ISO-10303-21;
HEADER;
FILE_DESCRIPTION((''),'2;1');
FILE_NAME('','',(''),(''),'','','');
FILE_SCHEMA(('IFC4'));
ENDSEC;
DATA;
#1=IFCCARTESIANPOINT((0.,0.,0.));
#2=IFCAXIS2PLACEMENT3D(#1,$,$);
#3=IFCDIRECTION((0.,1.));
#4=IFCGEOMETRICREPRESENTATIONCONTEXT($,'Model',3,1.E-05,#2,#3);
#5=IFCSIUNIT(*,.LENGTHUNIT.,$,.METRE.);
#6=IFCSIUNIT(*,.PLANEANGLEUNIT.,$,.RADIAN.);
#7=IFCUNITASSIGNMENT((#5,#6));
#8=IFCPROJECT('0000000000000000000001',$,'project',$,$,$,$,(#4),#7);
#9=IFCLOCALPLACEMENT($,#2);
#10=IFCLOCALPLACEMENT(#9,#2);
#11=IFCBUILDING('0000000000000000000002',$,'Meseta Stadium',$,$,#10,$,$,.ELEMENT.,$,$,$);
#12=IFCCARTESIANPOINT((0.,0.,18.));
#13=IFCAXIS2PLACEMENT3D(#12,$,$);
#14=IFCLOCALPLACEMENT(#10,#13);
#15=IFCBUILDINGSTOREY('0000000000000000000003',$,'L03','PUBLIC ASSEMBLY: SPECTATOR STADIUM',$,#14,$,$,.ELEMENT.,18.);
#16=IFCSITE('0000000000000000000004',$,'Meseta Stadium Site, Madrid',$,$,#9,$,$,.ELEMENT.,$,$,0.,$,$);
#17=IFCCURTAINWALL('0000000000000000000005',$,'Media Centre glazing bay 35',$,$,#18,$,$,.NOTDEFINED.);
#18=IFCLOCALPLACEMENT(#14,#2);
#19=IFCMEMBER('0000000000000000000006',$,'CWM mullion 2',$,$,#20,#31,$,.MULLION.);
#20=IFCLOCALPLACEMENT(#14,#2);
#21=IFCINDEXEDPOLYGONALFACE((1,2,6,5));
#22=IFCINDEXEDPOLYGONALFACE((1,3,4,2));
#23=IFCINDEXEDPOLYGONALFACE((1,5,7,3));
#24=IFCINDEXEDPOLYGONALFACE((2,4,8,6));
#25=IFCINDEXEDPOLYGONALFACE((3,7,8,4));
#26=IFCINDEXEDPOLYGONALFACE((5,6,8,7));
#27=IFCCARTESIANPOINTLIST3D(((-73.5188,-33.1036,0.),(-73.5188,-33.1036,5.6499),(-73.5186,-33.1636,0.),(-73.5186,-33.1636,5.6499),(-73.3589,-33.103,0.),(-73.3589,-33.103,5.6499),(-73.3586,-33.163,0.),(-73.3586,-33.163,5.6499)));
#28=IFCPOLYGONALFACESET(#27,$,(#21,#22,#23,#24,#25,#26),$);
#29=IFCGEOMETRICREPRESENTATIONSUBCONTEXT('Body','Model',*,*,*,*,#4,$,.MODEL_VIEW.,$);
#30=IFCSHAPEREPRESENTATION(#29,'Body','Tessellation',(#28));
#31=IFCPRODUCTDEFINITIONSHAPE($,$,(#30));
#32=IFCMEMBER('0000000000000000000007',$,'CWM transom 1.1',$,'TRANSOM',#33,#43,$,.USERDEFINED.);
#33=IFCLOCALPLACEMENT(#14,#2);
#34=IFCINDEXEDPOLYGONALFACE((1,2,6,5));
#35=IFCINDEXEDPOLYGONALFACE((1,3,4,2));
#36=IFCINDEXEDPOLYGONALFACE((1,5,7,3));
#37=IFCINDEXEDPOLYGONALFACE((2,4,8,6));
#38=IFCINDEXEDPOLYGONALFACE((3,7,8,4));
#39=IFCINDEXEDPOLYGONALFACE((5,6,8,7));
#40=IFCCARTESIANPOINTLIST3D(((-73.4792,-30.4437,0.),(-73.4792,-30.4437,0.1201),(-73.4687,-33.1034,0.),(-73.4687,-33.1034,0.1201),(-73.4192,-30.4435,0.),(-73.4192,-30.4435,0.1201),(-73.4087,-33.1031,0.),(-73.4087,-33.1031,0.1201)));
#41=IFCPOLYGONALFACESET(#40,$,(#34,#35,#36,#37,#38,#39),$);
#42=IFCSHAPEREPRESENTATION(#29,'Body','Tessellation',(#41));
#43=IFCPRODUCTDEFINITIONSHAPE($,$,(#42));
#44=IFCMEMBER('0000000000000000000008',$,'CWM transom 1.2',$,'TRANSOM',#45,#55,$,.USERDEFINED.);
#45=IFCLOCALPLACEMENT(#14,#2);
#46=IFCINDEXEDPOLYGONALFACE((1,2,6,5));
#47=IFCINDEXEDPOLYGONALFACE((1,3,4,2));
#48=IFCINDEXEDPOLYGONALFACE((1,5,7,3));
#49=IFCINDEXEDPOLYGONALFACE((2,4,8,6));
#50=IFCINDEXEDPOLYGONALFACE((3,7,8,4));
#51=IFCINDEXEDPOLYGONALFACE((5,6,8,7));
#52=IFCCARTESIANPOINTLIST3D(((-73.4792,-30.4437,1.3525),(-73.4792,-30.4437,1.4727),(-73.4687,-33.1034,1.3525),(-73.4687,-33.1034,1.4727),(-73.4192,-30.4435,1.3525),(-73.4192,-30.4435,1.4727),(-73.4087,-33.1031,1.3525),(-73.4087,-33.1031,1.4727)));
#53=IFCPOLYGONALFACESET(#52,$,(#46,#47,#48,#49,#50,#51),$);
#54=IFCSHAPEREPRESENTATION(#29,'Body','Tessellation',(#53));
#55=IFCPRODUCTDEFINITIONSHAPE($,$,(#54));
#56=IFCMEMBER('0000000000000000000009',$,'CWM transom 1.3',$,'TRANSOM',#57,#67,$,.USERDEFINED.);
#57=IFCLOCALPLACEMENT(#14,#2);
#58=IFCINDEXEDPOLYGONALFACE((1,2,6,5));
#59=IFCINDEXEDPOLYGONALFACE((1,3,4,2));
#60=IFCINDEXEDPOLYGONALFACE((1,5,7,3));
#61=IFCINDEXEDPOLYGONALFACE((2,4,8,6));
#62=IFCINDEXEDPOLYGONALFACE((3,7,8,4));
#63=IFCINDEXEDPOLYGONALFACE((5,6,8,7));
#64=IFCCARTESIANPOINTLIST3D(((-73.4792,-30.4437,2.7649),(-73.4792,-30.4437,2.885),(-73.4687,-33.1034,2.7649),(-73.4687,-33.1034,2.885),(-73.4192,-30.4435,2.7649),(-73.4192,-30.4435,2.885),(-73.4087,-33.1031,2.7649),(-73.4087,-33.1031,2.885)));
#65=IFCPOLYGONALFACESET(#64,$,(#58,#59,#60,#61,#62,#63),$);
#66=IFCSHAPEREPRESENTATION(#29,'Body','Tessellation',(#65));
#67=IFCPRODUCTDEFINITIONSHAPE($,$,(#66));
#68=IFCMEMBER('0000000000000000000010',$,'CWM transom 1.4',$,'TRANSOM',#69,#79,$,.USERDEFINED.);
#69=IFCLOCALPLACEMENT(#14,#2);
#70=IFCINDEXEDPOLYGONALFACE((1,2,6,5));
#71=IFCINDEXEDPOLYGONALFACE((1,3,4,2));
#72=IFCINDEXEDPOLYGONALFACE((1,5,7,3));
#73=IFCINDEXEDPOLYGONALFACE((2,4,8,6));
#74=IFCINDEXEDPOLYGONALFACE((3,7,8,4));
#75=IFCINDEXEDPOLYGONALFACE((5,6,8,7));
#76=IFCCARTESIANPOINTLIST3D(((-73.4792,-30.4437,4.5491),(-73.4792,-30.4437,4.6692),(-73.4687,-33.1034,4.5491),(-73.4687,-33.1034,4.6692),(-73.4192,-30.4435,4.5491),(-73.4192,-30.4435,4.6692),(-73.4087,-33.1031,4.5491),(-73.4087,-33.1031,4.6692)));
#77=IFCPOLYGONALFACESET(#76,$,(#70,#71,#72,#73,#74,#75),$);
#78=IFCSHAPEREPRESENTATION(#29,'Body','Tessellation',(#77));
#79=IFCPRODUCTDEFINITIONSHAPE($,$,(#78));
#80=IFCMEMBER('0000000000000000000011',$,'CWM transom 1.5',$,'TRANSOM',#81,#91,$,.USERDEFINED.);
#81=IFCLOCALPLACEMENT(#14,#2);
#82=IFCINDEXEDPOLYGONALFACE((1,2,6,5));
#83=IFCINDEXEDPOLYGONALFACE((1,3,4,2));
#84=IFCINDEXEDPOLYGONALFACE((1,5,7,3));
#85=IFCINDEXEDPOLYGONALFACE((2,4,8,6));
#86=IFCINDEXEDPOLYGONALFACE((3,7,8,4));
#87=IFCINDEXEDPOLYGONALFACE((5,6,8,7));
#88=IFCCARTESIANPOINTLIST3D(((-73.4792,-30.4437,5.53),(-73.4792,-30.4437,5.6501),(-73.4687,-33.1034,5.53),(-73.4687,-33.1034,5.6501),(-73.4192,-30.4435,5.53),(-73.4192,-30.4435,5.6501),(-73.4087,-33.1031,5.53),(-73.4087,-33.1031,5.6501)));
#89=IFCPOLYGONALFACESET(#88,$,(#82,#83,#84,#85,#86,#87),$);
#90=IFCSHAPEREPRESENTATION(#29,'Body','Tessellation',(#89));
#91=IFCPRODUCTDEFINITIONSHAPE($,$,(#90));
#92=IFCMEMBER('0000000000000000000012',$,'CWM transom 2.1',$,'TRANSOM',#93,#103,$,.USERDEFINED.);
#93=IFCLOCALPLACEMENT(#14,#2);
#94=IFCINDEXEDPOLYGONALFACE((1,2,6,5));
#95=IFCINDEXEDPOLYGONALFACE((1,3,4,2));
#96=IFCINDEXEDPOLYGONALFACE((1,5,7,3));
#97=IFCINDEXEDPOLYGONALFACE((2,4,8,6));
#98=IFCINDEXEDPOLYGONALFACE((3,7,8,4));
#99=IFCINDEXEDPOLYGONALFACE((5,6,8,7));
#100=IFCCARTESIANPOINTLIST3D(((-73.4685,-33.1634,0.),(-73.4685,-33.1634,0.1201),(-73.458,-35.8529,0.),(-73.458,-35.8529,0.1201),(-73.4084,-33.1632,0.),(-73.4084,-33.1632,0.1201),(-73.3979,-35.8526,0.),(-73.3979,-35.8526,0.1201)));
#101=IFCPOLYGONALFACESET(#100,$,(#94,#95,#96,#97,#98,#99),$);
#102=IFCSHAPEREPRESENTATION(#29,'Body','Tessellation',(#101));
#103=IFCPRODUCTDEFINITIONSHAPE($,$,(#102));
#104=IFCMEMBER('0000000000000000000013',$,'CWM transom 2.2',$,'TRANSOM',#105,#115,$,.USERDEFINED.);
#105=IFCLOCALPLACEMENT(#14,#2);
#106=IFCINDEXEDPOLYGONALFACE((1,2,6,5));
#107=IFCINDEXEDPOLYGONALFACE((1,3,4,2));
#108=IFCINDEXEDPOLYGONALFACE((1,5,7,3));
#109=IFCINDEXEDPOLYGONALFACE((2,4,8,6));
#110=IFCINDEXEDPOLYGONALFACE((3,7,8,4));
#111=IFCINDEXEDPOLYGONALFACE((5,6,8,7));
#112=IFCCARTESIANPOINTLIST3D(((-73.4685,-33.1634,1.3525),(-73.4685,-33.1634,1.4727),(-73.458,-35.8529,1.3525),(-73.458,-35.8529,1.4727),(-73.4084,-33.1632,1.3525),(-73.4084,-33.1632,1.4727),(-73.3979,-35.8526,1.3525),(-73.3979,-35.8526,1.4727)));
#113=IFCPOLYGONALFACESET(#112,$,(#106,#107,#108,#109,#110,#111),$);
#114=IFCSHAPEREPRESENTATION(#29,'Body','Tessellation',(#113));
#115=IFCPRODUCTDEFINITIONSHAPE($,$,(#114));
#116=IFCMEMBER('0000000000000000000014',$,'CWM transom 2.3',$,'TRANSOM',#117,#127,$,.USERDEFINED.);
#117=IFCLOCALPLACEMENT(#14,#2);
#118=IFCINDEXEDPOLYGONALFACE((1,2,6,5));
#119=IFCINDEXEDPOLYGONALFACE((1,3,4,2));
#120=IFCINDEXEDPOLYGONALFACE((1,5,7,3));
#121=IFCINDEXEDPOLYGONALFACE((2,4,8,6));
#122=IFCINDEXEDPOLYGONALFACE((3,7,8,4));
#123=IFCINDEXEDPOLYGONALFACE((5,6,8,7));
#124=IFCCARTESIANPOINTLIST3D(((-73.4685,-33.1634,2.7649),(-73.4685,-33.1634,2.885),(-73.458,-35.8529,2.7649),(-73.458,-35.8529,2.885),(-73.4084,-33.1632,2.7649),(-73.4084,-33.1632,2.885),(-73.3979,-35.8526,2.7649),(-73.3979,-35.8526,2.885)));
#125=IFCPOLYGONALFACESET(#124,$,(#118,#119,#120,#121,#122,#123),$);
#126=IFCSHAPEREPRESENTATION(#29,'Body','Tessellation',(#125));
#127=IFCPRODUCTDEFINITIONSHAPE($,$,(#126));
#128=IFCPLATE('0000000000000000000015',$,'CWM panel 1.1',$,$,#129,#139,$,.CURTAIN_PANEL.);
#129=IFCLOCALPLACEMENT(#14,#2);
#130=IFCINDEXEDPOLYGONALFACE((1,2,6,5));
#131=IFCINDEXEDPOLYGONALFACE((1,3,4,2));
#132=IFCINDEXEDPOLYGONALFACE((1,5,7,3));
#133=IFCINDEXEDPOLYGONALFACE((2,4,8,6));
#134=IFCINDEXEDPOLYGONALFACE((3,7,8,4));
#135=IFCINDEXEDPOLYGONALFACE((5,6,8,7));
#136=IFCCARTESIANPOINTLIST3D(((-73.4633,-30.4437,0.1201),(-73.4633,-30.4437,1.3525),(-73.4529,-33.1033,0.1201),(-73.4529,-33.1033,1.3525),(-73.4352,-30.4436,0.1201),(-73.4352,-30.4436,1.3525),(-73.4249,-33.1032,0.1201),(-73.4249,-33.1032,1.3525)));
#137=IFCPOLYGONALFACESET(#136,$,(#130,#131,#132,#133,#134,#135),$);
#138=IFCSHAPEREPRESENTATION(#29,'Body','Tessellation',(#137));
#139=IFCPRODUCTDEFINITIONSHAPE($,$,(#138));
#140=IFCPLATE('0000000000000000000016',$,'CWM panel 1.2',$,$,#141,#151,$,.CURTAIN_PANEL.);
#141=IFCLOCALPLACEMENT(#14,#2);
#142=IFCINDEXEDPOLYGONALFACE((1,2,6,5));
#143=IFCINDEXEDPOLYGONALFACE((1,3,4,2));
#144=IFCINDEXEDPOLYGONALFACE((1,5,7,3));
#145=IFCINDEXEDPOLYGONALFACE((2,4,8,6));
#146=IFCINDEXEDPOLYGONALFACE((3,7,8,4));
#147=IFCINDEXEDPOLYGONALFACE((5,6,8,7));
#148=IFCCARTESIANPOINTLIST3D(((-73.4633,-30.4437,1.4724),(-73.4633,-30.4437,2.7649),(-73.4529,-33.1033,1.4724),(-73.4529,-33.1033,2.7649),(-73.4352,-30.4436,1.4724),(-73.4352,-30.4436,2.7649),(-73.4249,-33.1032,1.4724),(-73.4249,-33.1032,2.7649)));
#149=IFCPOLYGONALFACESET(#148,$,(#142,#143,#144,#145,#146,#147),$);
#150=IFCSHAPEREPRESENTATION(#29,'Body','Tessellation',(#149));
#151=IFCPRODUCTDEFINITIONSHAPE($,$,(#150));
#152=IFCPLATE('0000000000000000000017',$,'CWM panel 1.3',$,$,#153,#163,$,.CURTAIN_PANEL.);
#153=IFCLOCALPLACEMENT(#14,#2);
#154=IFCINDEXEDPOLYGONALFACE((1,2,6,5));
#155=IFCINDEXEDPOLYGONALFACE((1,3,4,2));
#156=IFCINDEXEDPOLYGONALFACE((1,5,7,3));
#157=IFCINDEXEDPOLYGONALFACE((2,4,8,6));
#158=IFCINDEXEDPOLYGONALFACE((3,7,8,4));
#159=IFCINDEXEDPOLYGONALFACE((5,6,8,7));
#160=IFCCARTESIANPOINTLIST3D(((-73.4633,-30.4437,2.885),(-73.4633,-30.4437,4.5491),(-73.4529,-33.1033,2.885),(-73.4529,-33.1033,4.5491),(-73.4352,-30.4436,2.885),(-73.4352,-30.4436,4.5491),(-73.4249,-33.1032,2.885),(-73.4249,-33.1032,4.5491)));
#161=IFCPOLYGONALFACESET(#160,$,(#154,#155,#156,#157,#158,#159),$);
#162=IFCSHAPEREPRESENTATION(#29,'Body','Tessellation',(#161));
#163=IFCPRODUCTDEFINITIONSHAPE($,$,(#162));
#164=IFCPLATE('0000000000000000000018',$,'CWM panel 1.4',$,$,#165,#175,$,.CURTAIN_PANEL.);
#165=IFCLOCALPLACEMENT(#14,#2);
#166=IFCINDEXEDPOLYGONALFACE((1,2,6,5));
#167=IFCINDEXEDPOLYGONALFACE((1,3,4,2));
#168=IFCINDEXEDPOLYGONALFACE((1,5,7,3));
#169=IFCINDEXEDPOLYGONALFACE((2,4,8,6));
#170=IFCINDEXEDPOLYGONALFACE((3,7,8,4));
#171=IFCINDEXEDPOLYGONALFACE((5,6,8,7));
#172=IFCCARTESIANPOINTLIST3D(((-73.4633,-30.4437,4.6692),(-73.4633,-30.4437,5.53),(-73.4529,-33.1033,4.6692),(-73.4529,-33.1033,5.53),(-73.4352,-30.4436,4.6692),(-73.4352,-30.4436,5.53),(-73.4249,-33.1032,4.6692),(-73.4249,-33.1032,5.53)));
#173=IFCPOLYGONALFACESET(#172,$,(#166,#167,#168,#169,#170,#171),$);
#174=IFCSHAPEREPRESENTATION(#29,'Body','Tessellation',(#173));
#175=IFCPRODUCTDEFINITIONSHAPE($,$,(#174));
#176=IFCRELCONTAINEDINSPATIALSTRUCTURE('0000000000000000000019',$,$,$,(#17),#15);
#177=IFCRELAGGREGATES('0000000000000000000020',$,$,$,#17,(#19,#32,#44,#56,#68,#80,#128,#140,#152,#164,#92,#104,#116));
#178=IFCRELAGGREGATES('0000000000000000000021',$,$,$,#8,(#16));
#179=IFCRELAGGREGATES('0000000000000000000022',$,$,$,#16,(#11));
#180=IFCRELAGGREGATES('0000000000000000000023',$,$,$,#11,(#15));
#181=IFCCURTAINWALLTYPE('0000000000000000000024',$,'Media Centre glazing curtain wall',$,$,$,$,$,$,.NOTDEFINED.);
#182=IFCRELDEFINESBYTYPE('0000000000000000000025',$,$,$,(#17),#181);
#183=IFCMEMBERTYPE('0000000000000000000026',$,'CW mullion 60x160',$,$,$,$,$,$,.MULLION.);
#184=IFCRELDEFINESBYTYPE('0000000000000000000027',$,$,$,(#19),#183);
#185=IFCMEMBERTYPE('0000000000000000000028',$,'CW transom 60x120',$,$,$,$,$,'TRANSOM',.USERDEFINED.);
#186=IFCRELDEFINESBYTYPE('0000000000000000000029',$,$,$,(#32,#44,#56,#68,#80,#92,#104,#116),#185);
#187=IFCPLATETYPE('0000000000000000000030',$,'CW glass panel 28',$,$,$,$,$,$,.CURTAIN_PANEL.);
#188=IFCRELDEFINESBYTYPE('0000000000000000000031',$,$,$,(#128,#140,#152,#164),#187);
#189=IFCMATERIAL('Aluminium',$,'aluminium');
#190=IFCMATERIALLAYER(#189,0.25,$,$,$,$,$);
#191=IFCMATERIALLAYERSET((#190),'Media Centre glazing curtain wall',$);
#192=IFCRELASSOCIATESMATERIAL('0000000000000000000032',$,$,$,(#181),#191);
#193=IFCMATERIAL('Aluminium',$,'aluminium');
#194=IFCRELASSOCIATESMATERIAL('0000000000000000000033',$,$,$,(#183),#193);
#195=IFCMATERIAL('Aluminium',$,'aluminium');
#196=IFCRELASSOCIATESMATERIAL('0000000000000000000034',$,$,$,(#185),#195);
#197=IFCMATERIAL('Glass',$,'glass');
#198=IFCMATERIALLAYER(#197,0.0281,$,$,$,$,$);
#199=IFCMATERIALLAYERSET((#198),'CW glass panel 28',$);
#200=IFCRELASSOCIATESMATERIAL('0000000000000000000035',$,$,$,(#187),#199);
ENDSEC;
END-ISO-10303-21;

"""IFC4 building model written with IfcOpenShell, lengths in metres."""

from ifc_helpers import new_model, si_unit, direction, frame, origin, origin_2d, place, context, subcontext, project, spatial, rectangle, extrude, material, layer, layer_set, material_profile, profile_set, type_object, element, aggregate, save


model = new_model("IFC4")

# Units and contexts
model_context = context("Model", 3, precision=1e-05, world=origin(), true_north=direction((0.0, 1.0)))
body_context = subcontext(model_context, "Body", "Model", "MODEL_VIEW")
ifc_project = project(units=[si_unit("LENGTHUNIT", "METRE"), si_unit("PLANEANGLEUNIT", "RADIAN")], contexts=[model_context])

# Site, building, storey
site_placement = place(None, origin())
site = spatial("IfcSite", under=ifc_project, at=site_placement, Name="Meseta Stadium Site, Madrid", CompositionType="ELEMENT", RefElevation=0.0)
building_placement = place(site_placement, origin())
building = spatial("IfcBuilding", under=site, at=building_placement, Name="Meseta Stadium", CompositionType="ELEMENT")
storey_placement = place(building_placement, frame((0.0, 0.0, 18.0)))
storey = spatial("IfcBuildingStorey", under=building, at=storey_placement, Name="L03", Description="PUBLIC ASSEMBLY: SPECTATOR STADIUM", CompositionType="ELEMENT", Elevation=18.0)

# Curtain wall, members, plates
ifc_material_1 = material(Name="Aluminium", Category="aluminium")
ifc_layer_1 = layer(ifc_material_1, 0.25)
ifc_layer_set_1 = layer_set([ifc_layer_1], Name="Media Centre glazing curtain wall")
curtain_wall_type = type_object("IfcCurtainWallType", Name="Media Centre glazing curtain wall", PredefinedType="NOTDEFINED", material=ifc_layer_set_1)
curtain_wall_placement = place(storey_placement, origin())
curtain_wall = element("IfcCurtainWall", 1, at=curtain_wall_placement, inside=storey, type_object=curtain_wall_type, Name="Media Centre glazing bay 35", PredefinedType="NOTDEFINED")
ifc_material_2 = material(Name="Aluminium", Category="aluminium")
ifc_material_profile_1 = material_profile(ifc_material_2, rectangle(XDim=0.1599, YDim=0.0601, at=origin_2d()), Name="CW 160x60")
ifc_profile_set_1 = profile_set([ifc_material_profile_1], Name="Aluminium")
member_type_1 = type_object("IfcMemberType", Name="CW mullion 60x160", PredefinedType="MULLION", material=ifc_profile_set_1)
member_1_placement = place(storey_placement, frame((-73.4387, -33.1333, 0.0), z_axis=(0.0, 0.0, 1.0), x_axis=(0.999992, 0.003895, 0.0)))
member_1 = element("IfcMember", 2, at=member_1_placement, type_object=member_type_1, Name="CWM mullion 2", PredefinedType="MULLION", context=body_context, shape_type="SweptSolid", body=[
    extrude(rectangle(XDim=0.1599, YDim=0.0601, at=origin_2d()), origin(), (0.0, 0.0, 1.0), 5.6499),
])
ifc_material_3 = material(Name="Aluminium", Category="aluminium")
ifc_material_profile_2 = material_profile(ifc_material_3, rectangle(XDim=0.0601, YDim=0.1201, at=origin_2d()), Name="CW 60x120")
ifc_profile_set_2 = profile_set([ifc_material_profile_2], Name="Aluminium")
member_type_2 = type_object("IfcMemberType", Name="CW transom 60x120", ElementType="TRANSOM", PredefinedType="USERDEFINED", material=ifc_profile_set_2)
member_2_placement = place(storey_placement, frame((-73.4492, -30.4436, 0.0601), z_axis=(0.003947, -0.999992, 0.0), x_axis=(0.999992, 0.003947, 0.0)))
member_2 = element("IfcMember", 3, at=member_2_placement, type_object=member_type_2, Name="CWM transom 1.1", ObjectType="TRANSOM", PredefinedType="USERDEFINED", context=body_context, shape_type="SweptSolid", body=[
    extrude(rectangle(XDim=0.0601, YDim=0.1201, at=origin_2d()), origin(), (0.0, 0.0, 1.0), 2.6597),
])
member_3_placement = place(storey_placement, frame((-73.4492, -30.4436, 1.4126), z_axis=(0.003947, -0.999992, 0.0), x_axis=(0.999992, 0.003947, 0.0)))
member_3 = element("IfcMember", 4, at=member_3_placement, type_object=member_type_2, Name="CWM transom 1.2", ObjectType="TRANSOM", PredefinedType="USERDEFINED", context=body_context, shape_type="SweptSolid", body=[
    extrude(rectangle(XDim=0.0601, YDim=0.1201, at=origin_2d()), origin(), (0.0, 0.0, 1.0), 2.6597),
])
member_4_placement = place(storey_placement, frame((-73.4492, -30.4436, 2.825), z_axis=(0.003947, -0.999992, 0.0), x_axis=(0.999992, 0.003947, 0.0)))
member_4 = element("IfcMember", 5, at=member_4_placement, type_object=member_type_2, Name="CWM transom 1.3", ObjectType="TRANSOM", PredefinedType="USERDEFINED", context=body_context, shape_type="SweptSolid", body=[
    extrude(rectangle(XDim=0.0601, YDim=0.1201, at=origin_2d()), origin(), (0.0, 0.0, 1.0), 2.6597),
])
member_5_placement = place(storey_placement, frame((-73.4492, -30.4436, 4.6091), z_axis=(0.003947, -0.999992, 0.0), x_axis=(0.999992, 0.003947, 0.0)))
member_5 = element("IfcMember", 6, at=member_5_placement, type_object=member_type_2, Name="CWM transom 1.4", ObjectType="TRANSOM", PredefinedType="USERDEFINED", context=body_context, shape_type="SweptSolid", body=[
    extrude(rectangle(XDim=0.0601, YDim=0.1201, at=origin_2d()), origin(), (0.0, 0.0, 1.0), 2.6597),
])
member_6_placement = place(storey_placement, frame((-73.4492, -30.4436, 5.5901), z_axis=(0.003947, -0.999992, 0.0), x_axis=(0.999992, 0.003947, 0.0)))
member_6 = element("IfcMember", 7, at=member_6_placement, type_object=member_type_2, Name="CWM transom 1.5", ObjectType="TRANSOM", PredefinedType="USERDEFINED", context=body_context, shape_type="SweptSolid", body=[
    extrude(rectangle(XDim=0.0601, YDim=0.1201, at=origin_2d()), origin(), (0.0, 0.0, 1.0), 2.6597),
])
member_7_placement = place(storey_placement, frame((-73.4385, -33.1633, 0.0601), z_axis=(0.003903, -0.999992, 0.0), x_axis=(0.999992, 0.003903, 0.0)))
member_7 = element("IfcMember", 8, at=member_7_placement, type_object=member_type_2, Name="CWM transom 2.1", ObjectType="TRANSOM", PredefinedType="USERDEFINED", context=body_context, shape_type="SweptSolid", body=[
    extrude(rectangle(XDim=0.0601, YDim=0.1201, at=origin_2d()), origin(), (0.0, 0.0, 1.0), 2.6895),
])
member_8_placement = place(storey_placement, frame((-73.4385, -33.1633, 1.4126), z_axis=(0.003903, -0.999992, 0.0), x_axis=(0.999992, 0.003903, 0.0)))
member_8 = element("IfcMember", 9, at=member_8_placement, type_object=member_type_2, Name="CWM transom 2.2", ObjectType="TRANSOM", PredefinedType="USERDEFINED", context=body_context, shape_type="SweptSolid", body=[
    extrude(rectangle(XDim=0.0601, YDim=0.1201, at=origin_2d()), origin(), (0.0, 0.0, 1.0), 2.6895),
])
member_9_placement = place(storey_placement, frame((-73.4385, -33.1633, 2.825), z_axis=(0.003903, -0.999992, 0.0), x_axis=(0.999992, 0.003903, 0.0)))
member_9 = element("IfcMember", 10, at=member_9_placement, type_object=member_type_2, Name="CWM transom 2.3", ObjectType="TRANSOM", PredefinedType="USERDEFINED", context=body_context, shape_type="SweptSolid", body=[
    extrude(rectangle(XDim=0.0601, YDim=0.1201, at=origin_2d()), origin(), (0.0, 0.0, 1.0), 2.6895),
])
ifc_material_4 = material(Name="Glass", Category="glass")
ifc_layer_2 = layer(ifc_material_4, 0.0281)
ifc_layer_set_2 = layer_set([ifc_layer_2], Name="CW glass panel 28")
plate_type = type_object("IfcPlateType", Name="CW glass panel 28", PredefinedType="CURTAIN_PANEL", material=ifc_layer_set_2)
plate_1_placement = place(storey_placement, frame((-73.4441, -31.7734, 0.1201), z_axis=(0.0, 0.0, 1.0), x_axis=(0.003895, -0.999992, 0.0)))
plate_1 = element("IfcPlate", 11, at=plate_1_placement, type_object=plate_type, Name="CWM panel 1.1", PredefinedType="CURTAIN_PANEL", context=body_context, shape_type="SweptSolid", body=[
    extrude(rectangle(XDim=2.6597, YDim=0.0281, at=origin_2d()), origin(), (0.0, 0.0, 1.0), 1.2324),
])
plate_2_placement = place(storey_placement, frame((-73.4441, -31.7734, 1.4724), z_axis=(0.0, 0.0, 1.0), x_axis=(0.003895, -0.999992, 0.0)))
plate_2 = element("IfcPlate", 12, at=plate_2_placement, type_object=plate_type, Name="CWM panel 1.2", PredefinedType="CURTAIN_PANEL", context=body_context, shape_type="SweptSolid", body=[
    extrude(rectangle(XDim=2.6597, YDim=0.0281, at=origin_2d()), origin(), (0.0, 0.0, 1.0), 1.2925),
])
plate_3_placement = place(storey_placement, frame((-73.4441, -31.7734, 2.885), z_axis=(0.0, 0.0, 1.0), x_axis=(0.003895, -0.999992, 0.0)))
plate_3 = element("IfcPlate", 13, at=plate_3_placement, type_object=plate_type, Name="CWM panel 1.3", PredefinedType="CURTAIN_PANEL", context=body_context, shape_type="SweptSolid", body=[
    extrude(rectangle(XDim=2.6597, YDim=0.0281, at=origin_2d()), origin(), (0.0, 0.0, 1.0), 1.6641),
])
plate_4_placement = place(storey_placement, frame((-73.4441, -31.7734, 4.6692), z_axis=(0.0, 0.0, 1.0), x_axis=(0.003895, -0.999992, 0.0)))
plate_4 = element("IfcPlate", 14, at=plate_4_placement, type_object=plate_type, Name="CWM panel 1.4", PredefinedType="CURTAIN_PANEL", context=body_context, shape_type="SweptSolid", body=[
    extrude(rectangle(XDim=2.6597, YDim=0.0281, at=origin_2d()), origin(), (0.0, 0.0, 1.0), 0.8608),
])
aggregate(curtain_wall, [member_1, member_2, member_3, member_4, member_5, member_6, plate_1, plate_2, plate_3, plate_4, member_7, member_8, member_9])

save(model, "model.ifc")
